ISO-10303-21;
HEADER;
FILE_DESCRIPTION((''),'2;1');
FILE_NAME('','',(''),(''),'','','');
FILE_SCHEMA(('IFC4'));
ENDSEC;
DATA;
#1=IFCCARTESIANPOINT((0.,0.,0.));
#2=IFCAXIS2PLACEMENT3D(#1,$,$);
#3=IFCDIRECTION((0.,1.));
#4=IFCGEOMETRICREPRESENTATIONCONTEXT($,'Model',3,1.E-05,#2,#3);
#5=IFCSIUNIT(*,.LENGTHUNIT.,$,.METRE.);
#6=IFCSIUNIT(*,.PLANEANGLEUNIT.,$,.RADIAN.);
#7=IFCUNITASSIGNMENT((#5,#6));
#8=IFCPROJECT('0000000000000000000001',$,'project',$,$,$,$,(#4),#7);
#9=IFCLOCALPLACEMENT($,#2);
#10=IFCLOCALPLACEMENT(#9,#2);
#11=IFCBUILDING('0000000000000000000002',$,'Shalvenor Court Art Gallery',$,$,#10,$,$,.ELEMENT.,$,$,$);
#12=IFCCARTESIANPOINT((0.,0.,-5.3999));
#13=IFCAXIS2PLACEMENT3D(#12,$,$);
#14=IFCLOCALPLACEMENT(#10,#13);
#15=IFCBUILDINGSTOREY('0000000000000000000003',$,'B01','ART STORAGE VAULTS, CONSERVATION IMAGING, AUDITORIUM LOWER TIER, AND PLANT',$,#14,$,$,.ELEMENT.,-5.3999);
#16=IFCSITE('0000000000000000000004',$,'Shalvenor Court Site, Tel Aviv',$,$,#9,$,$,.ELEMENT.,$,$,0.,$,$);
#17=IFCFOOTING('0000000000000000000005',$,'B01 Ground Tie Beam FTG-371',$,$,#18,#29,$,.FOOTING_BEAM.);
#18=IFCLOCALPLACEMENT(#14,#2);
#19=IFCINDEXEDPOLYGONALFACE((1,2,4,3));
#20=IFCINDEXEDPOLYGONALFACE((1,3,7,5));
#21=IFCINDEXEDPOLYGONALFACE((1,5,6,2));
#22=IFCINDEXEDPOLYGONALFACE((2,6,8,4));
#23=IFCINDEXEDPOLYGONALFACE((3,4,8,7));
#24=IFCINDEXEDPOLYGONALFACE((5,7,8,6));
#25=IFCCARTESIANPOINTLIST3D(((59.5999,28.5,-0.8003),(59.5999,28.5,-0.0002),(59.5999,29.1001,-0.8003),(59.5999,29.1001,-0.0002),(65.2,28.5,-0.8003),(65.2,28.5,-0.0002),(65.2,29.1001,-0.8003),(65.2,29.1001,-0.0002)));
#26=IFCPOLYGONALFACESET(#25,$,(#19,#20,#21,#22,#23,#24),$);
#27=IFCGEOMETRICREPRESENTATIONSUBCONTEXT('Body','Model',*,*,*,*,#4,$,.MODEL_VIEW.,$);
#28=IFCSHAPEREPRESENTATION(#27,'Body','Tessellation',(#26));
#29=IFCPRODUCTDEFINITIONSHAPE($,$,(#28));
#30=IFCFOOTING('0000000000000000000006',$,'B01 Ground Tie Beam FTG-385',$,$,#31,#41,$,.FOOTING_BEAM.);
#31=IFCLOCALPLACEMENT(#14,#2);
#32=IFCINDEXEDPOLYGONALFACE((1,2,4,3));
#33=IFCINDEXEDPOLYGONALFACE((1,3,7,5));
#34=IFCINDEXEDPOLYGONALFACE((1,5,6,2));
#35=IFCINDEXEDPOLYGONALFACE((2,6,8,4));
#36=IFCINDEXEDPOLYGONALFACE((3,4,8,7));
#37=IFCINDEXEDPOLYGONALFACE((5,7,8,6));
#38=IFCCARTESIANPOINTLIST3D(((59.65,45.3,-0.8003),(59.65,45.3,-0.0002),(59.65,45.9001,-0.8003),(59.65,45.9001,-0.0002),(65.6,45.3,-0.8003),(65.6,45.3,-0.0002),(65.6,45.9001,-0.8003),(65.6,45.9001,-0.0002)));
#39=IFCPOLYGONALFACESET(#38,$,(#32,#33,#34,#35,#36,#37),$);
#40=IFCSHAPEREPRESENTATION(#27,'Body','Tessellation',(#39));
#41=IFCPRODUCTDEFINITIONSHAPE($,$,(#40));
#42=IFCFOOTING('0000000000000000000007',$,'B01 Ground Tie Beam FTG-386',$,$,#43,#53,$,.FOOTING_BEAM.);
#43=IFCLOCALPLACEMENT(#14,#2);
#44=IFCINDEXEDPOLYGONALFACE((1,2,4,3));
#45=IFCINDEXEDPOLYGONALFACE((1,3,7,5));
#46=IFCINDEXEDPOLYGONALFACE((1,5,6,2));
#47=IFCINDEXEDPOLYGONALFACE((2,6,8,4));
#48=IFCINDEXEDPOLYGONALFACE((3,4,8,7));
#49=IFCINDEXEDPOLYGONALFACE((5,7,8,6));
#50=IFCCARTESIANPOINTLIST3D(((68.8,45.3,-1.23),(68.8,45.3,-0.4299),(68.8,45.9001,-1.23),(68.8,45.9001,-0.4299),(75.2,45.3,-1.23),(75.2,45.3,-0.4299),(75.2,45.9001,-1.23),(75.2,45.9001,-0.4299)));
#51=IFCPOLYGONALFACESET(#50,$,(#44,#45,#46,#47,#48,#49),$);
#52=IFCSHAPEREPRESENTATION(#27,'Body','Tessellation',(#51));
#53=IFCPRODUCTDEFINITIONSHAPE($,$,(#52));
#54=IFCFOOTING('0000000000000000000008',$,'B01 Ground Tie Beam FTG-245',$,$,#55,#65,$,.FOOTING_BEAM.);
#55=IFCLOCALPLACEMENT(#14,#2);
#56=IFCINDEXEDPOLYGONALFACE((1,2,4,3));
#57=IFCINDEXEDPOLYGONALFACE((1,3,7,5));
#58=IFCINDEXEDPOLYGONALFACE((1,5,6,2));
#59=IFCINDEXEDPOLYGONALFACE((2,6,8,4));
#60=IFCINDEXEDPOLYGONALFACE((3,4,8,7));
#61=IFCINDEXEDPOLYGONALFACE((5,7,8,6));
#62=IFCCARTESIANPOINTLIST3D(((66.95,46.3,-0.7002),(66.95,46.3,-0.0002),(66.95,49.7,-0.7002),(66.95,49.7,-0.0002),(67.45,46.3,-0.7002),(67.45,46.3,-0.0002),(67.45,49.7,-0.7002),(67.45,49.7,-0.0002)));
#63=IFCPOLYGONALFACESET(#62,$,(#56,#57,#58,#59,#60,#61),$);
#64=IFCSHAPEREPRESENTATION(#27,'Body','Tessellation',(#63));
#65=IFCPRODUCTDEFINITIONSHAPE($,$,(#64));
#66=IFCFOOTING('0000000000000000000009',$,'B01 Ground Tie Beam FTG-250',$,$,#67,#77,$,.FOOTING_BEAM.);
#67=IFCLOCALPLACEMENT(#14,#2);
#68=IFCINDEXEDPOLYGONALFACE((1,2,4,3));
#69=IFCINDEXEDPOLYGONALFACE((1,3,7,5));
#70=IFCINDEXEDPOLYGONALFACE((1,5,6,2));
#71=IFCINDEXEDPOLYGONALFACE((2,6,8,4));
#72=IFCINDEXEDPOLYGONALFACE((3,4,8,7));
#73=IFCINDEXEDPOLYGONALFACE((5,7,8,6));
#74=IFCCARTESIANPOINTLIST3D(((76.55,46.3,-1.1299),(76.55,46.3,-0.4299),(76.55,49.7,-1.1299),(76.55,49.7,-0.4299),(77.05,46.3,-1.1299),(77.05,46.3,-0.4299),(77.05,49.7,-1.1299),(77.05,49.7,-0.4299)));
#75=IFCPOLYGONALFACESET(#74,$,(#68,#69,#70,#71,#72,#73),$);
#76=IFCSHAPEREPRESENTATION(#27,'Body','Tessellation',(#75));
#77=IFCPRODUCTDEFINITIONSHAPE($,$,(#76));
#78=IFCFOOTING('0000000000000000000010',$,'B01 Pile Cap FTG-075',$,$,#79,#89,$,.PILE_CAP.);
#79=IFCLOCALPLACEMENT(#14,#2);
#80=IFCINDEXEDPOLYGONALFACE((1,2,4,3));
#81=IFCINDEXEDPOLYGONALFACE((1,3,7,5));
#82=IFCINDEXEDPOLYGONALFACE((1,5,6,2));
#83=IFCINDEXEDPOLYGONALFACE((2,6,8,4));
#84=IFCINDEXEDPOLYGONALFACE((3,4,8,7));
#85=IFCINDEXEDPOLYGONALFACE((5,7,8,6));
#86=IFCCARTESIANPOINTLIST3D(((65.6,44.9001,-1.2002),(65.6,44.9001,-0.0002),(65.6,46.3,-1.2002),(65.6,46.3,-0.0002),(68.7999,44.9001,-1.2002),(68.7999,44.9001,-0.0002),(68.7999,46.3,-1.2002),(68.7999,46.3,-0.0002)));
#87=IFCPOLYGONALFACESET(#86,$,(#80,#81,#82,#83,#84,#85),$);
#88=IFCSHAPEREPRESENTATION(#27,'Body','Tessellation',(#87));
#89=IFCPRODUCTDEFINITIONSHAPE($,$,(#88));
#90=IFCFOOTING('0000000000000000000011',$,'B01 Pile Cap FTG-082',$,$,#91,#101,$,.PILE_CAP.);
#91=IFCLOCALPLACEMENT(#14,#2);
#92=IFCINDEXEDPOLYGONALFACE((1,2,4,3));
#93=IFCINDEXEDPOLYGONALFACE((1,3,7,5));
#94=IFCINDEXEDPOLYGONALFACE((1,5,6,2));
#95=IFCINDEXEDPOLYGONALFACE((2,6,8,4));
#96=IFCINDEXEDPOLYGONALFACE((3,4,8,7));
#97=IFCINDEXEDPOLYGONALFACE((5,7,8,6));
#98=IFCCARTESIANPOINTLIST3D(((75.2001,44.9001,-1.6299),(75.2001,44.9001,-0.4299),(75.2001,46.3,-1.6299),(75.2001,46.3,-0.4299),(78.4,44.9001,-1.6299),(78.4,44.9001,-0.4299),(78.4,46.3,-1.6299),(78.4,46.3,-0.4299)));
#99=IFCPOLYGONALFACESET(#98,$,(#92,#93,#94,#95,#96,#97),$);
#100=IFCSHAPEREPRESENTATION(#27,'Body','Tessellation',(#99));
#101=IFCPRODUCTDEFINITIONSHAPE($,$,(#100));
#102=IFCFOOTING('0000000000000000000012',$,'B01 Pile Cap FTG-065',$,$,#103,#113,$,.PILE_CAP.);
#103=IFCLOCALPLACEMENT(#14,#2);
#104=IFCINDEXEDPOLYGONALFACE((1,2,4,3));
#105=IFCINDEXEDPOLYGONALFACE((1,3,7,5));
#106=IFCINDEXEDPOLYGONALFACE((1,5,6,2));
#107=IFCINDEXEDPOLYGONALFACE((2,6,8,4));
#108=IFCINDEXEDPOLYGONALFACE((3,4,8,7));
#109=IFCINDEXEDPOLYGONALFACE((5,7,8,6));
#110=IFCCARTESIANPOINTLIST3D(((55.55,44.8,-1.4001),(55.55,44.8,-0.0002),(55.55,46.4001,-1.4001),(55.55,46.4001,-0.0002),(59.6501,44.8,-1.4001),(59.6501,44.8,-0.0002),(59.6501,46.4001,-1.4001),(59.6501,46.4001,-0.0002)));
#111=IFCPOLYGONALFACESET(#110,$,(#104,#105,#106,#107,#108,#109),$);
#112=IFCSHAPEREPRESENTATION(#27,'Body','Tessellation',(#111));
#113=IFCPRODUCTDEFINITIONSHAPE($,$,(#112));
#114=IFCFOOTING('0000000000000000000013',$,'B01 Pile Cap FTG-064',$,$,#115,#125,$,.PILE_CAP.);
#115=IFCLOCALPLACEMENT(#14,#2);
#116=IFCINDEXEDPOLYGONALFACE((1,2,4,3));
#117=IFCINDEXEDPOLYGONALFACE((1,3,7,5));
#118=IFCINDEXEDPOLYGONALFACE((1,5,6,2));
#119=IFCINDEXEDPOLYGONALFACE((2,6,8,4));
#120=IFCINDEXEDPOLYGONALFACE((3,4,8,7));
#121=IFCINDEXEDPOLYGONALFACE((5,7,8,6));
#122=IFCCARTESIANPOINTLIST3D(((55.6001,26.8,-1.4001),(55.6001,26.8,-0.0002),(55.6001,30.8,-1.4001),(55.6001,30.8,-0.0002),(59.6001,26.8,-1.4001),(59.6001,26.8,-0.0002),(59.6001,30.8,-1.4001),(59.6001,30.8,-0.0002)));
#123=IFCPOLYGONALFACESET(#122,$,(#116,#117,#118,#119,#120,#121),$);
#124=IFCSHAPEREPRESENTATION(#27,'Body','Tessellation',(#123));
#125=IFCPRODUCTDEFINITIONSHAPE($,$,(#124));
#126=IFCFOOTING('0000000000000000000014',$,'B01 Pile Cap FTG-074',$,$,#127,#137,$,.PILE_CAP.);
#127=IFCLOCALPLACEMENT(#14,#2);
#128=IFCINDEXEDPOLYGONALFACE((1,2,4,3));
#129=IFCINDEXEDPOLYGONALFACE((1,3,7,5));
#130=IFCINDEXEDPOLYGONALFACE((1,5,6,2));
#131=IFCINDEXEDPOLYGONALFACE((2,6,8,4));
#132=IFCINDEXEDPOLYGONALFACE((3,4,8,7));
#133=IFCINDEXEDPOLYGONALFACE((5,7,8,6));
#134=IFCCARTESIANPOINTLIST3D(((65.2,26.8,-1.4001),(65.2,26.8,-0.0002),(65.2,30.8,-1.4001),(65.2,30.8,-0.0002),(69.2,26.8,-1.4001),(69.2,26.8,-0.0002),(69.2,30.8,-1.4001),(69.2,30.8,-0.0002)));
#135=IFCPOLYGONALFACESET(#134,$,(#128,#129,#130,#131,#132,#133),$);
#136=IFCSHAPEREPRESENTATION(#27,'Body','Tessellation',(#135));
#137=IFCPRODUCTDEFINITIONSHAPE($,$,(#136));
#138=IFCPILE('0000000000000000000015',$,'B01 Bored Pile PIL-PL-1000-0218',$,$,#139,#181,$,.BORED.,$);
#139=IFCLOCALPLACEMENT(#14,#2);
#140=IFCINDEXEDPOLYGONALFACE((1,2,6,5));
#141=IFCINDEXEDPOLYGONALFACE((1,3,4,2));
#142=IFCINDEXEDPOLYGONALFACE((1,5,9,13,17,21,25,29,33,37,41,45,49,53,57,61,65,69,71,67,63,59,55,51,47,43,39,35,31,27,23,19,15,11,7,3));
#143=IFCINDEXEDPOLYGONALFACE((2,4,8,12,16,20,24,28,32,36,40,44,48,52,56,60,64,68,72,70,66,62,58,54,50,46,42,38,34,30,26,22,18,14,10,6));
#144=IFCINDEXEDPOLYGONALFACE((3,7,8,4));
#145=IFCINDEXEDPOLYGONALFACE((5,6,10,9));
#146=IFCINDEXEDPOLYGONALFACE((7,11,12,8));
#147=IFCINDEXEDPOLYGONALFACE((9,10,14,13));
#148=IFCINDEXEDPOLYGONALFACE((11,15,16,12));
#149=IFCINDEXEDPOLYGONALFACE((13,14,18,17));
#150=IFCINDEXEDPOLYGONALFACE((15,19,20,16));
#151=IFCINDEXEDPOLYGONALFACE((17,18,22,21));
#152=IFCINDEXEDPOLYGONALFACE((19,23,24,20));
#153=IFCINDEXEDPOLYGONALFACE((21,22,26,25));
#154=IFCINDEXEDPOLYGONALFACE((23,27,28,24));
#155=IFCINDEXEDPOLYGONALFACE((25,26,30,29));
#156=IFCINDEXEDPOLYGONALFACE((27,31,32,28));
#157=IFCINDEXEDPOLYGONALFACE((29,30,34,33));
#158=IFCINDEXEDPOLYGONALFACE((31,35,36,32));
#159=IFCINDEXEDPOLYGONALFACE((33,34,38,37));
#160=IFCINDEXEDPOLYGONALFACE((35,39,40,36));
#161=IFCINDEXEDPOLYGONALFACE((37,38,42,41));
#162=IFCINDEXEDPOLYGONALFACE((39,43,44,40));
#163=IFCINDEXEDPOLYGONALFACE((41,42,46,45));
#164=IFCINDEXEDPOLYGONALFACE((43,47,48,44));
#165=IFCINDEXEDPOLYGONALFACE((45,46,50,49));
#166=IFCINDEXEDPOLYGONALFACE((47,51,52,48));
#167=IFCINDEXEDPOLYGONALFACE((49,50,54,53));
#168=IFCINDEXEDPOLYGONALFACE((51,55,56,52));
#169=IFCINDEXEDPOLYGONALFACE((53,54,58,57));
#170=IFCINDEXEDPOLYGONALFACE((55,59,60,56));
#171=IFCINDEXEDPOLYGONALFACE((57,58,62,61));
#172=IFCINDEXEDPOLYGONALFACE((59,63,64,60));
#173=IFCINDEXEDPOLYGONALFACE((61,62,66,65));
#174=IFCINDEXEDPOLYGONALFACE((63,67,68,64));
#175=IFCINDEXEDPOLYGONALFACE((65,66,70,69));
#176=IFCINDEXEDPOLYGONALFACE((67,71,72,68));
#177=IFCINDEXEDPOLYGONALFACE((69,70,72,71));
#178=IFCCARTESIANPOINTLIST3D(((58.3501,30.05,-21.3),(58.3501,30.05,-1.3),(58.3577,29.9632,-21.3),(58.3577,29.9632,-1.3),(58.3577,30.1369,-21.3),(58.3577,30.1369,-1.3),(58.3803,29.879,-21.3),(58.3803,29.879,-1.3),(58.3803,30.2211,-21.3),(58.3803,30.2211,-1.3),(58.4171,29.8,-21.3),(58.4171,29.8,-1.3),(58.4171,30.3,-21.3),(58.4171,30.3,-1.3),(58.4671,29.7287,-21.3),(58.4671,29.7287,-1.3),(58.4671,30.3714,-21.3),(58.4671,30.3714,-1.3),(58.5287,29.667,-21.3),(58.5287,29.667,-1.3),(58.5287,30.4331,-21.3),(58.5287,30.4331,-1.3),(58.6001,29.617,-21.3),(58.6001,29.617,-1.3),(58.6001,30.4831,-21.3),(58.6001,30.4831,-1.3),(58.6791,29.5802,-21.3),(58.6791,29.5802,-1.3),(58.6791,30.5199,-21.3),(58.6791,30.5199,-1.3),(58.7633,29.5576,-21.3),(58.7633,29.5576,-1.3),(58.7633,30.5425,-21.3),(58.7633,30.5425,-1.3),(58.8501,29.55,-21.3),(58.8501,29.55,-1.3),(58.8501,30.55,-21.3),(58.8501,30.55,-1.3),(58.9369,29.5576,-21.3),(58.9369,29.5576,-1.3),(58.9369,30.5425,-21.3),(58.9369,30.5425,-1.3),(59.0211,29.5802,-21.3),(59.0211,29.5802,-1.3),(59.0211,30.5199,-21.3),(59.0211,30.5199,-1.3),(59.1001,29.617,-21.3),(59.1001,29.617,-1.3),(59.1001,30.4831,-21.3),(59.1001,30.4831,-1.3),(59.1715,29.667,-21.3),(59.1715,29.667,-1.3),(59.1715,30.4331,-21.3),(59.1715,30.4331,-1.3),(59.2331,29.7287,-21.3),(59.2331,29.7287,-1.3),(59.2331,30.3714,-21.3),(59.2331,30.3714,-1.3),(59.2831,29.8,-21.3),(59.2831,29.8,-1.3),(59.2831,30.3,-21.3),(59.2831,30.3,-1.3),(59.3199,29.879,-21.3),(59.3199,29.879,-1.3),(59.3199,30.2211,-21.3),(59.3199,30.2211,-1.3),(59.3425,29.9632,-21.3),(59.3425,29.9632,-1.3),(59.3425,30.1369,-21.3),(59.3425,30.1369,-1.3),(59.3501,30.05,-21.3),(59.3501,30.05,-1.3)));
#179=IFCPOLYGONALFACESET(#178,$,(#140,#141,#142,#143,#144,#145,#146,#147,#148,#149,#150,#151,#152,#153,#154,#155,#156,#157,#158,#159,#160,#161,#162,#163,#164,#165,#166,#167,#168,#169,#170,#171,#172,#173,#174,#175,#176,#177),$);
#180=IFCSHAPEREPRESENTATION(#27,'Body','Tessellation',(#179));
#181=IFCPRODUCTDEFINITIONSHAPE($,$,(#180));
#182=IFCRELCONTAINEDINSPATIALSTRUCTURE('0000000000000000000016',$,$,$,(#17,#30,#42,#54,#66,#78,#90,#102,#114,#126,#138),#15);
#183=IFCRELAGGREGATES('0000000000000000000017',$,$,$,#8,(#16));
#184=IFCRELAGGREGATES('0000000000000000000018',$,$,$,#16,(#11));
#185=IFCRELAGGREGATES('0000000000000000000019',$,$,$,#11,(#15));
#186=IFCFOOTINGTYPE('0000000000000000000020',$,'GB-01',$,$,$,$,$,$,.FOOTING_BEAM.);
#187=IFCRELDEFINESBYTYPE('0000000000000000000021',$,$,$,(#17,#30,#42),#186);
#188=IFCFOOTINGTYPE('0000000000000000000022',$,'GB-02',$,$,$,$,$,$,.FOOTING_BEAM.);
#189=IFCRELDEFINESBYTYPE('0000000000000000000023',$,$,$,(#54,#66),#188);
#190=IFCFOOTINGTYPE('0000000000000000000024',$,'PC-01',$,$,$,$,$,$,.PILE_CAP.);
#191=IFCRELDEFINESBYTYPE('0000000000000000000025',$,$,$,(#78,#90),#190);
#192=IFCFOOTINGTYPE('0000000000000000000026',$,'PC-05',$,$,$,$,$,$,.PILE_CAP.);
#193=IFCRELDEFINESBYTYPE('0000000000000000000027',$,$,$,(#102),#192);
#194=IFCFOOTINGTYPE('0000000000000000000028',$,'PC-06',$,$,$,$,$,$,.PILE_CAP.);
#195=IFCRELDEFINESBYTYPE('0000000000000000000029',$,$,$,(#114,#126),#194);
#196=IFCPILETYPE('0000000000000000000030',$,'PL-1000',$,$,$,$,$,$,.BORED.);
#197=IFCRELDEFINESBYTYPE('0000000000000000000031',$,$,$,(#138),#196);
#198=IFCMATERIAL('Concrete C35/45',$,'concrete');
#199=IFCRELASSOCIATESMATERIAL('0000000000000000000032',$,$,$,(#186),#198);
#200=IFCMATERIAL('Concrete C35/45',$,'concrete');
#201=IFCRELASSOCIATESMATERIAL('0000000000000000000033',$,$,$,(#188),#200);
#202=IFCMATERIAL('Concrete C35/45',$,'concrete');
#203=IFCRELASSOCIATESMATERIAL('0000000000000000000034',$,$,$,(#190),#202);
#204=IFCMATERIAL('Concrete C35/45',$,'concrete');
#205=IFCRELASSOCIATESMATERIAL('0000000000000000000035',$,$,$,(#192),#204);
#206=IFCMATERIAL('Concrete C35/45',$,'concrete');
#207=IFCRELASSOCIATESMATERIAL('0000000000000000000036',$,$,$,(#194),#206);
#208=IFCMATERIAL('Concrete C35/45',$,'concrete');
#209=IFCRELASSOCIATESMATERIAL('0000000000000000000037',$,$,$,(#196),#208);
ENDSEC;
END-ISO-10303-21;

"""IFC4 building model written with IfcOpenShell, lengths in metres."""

from ifc_helpers import new_model, si_unit, direction, frame, origin, origin_2d, place, context, subcontext, project, spatial, rectangle, circle, extrude, material, material_profile, profile_set, type_object, element, save


model = new_model("IFC4")

# Units and contexts
model_context = context("Model", 3, precision=1e-05, world=origin(), true_north=direction((0.0, 1.0)))
body_context = subcontext(model_context, "Body", "Model", "MODEL_VIEW")
ifc_project = project(units=[si_unit("LENGTHUNIT", "METRE"), si_unit("PLANEANGLEUNIT", "RADIAN")], contexts=[model_context])

# Site, building, storey
site_placement = place(None, origin())
site = spatial("IfcSite", under=ifc_project, at=site_placement, Name="Shalvenor Court Site, Tel Aviv", CompositionType="ELEMENT", RefElevation=0.0)
building_placement = place(site_placement, origin())
building = spatial("IfcBuilding", under=site, at=building_placement, Name="Shalvenor Court Art Gallery", CompositionType="ELEMENT")
storey_placement = place(building_placement, frame((0.0, 0.0, -5.3999)))
storey = spatial("IfcBuildingStorey", under=building, at=storey_placement, Name="B01", Description="ART STORAGE VAULTS, CONSERVATION IMAGING, AUDITORIUM LOWER TIER, AND PLANT", CompositionType="ELEMENT", Elevation=-5.3999)

# Footings
ifc_material_1 = material(Name="Concrete C35/45", Category="concrete")
footing_type_1 = type_object("IfcFootingType", Name="GB-01", PredefinedType="FOOTING_BEAM", material=ifc_material_1)
footing_1_placement = place(storey_placement, frame((62.3999, 28.8, -0.8003), z_axis=(0.0, 0.0, 1.0), x_axis=(1.0, 0.0, 0.0)))
element("IfcFooting", 1, at=footing_1_placement, inside=storey, type_object=footing_type_1, Name="B01 Ground Tie Beam FTG-371", PredefinedType="FOOTING_BEAM", context=body_context, shape_type="SweptSolid", body=[
    extrude(rectangle(XDim=5.6001, YDim=0.6001, at=origin_2d()), origin(), (0.0, 0.0, 1.0), 0.8),
])
footing_2_placement = place(storey_placement, frame((62.625, 45.6001, -0.8003), z_axis=(0.0, 0.0, 1.0), x_axis=(1.0, 0.0, 0.0)))
element("IfcFooting", 2, at=footing_2_placement, inside=storey, type_object=footing_type_1, Name="B01 Ground Tie Beam FTG-385", PredefinedType="FOOTING_BEAM", context=body_context, shape_type="SweptSolid", body=[
    extrude(rectangle(XDim=5.95, YDim=0.6001, at=origin_2d()), origin(), (0.0, 0.0, 1.0), 0.8),
])
footing_3_placement = place(storey_placement, frame((72.0, 45.6001, -1.23), z_axis=(0.0, 0.0, 1.0), x_axis=(1.0, 0.0, 0.0)))
element("IfcFooting", 3, at=footing_3_placement, inside=storey, type_object=footing_type_1, Name="B01 Ground Tie Beam FTG-386", PredefinedType="FOOTING_BEAM", context=body_context, shape_type="SweptSolid", body=[
    extrude(rectangle(XDim=6.3999, YDim=0.6001, at=origin_2d()), origin(), (0.0, 0.0, 1.0), 0.8),
])
ifc_material_2 = material(Name="Concrete C35/45", Category="concrete")
footing_type_2 = type_object("IfcFootingType", Name="GB-02", PredefinedType="FOOTING_BEAM", material=ifc_material_2)
for number, where, z_axis, x_axis, name in (
    (4, (67.2, 48.0, -0.7002), (0.0, 0.0, 1.0), (0.0, 1.0, 0.0), "B01 Ground Tie Beam FTG-245"),
    (5, (76.8, 48.0, -1.1299), (0.0, 0.0, 1.0), (0.0, 1.0, 0.0), "B01 Ground Tie Beam FTG-250"),
):
    element("IfcFooting", number, at=place(storey_placement, frame(where, z_axis=z_axis, x_axis=x_axis)), inside=storey, type_object=footing_type_2, Name=name, PredefinedType="FOOTING_BEAM", context=body_context, shape_type="SweptSolid", body=[
        extrude(rectangle(XDim=3.3999, YDim=0.5, at=origin_2d()), origin(), (0.0, 0.0, 1.0), 0.7),
    ])
ifc_material_3 = material(Name="Concrete C35/45", Category="concrete")
footing_type_3 = type_object("IfcFootingType", Name="PC-01", PredefinedType="PILE_CAP", material=ifc_material_3)
for number, where, z_axis, x_axis, name in (
    (6, (67.2, 45.6001, -1.2002), (0.0, 0.0, 1.0), (1.0, 0.0, 0.0), "B01 Pile Cap FTG-075"),
    (7, (76.8, 45.6001, -1.6299), (0.0, 0.0, 1.0), (1.0, 0.0, 0.0), "B01 Pile Cap FTG-082"),
):
    element("IfcFooting", number, at=place(storey_placement, frame(where, z_axis=z_axis, x_axis=x_axis)), inside=storey, type_object=footing_type_3, Name=name, PredefinedType="PILE_CAP", context=body_context, shape_type="SweptSolid", body=[
        extrude(rectangle(XDim=3.2, YDim=1.3999, at=origin_2d()), origin(), (0.0, 0.0, 1.0), 1.2),
    ])
ifc_material_4 = material(Name="Concrete C35/45", Category="concrete")
footing_type_4 = type_object("IfcFootingType", Name="PC-05", PredefinedType="PILE_CAP", material=ifc_material_4)
footing_4_placement = place(storey_placement, frame((57.6001, 45.6001, -1.4001), z_axis=(0.0, 0.0, 1.0), x_axis=(1.0, 0.0, 0.0)))
element("IfcFooting", 8, at=footing_4_placement, inside=storey, type_object=footing_type_4, Name="B01 Pile Cap FTG-065", PredefinedType="PILE_CAP", context=body_context, shape_type="SweptSolid", body=[
    extrude(rectangle(XDim=4.1001, YDim=1.6001, at=origin_2d()), origin(), (0.0, 0.0, 1.0), 1.3999),
])
ifc_material_5 = material(Name="Concrete C35/45", Category="concrete")
footing_type_5 = type_object("IfcFootingType", Name="PC-06", PredefinedType="PILE_CAP", material=ifc_material_5)
for number, where, z_axis, x_axis, name in (
    (9, (57.6001, 28.8, -1.4001), (0.0, 0.0, 1.0), (1.0, 0.0, 0.0), "B01 Pile Cap FTG-064"),
    (10, (67.2, 28.8, -1.4001), (0.0, 0.0, 1.0), (1.0, 0.0, 0.0), "B01 Pile Cap FTG-074"),
):
    element("IfcFooting", number, at=place(storey_placement, frame(where, z_axis=z_axis, x_axis=x_axis)), inside=storey, type_object=footing_type_5, Name=name, PredefinedType="PILE_CAP", context=body_context, shape_type="SweptSolid", body=[
        extrude(rectangle(XDim=4.0, YDim=4.0, at=origin_2d()), origin(), (0.0, 0.0, 1.0), 1.3999),
    ])

# Pile
ifc_material_6 = material(Name="Concrete C35/45", Category="concrete")
ifc_material_profile_1 = material_profile(ifc_material_6, circle(Radius=0.5, at=origin_2d()), Name="PILE 1000")
ifc_profile_set_1 = profile_set([ifc_material_profile_1], Name="Concrete C35/45")
pile_type_1 = type_object("IfcPileType", Name="PL-1000", PredefinedType="BORED", material=ifc_profile_set_1)
for number, where, z_axis, x_axis, name in (
    (11, (58.8501, 30.05, -1.3), (0.0, 0.0, -1.0), (1.0, 0.0, 0.0), "B01 Bored Pile PIL-PL-1000-0218"),
):
    element("IfcPile", number, at=place(storey_placement, frame(where, z_axis=z_axis, x_axis=x_axis)), inside=storey, type_object=pile_type_1, Name=name, PredefinedType="BORED", context=body_context, shape_type="SweptSolid", body=[
        extrude(circle(Radius=0.5, at=origin_2d()), origin(), (0.0, 0.0, 1.0), 20.0),
    ])

save(model, "model.ifc")
